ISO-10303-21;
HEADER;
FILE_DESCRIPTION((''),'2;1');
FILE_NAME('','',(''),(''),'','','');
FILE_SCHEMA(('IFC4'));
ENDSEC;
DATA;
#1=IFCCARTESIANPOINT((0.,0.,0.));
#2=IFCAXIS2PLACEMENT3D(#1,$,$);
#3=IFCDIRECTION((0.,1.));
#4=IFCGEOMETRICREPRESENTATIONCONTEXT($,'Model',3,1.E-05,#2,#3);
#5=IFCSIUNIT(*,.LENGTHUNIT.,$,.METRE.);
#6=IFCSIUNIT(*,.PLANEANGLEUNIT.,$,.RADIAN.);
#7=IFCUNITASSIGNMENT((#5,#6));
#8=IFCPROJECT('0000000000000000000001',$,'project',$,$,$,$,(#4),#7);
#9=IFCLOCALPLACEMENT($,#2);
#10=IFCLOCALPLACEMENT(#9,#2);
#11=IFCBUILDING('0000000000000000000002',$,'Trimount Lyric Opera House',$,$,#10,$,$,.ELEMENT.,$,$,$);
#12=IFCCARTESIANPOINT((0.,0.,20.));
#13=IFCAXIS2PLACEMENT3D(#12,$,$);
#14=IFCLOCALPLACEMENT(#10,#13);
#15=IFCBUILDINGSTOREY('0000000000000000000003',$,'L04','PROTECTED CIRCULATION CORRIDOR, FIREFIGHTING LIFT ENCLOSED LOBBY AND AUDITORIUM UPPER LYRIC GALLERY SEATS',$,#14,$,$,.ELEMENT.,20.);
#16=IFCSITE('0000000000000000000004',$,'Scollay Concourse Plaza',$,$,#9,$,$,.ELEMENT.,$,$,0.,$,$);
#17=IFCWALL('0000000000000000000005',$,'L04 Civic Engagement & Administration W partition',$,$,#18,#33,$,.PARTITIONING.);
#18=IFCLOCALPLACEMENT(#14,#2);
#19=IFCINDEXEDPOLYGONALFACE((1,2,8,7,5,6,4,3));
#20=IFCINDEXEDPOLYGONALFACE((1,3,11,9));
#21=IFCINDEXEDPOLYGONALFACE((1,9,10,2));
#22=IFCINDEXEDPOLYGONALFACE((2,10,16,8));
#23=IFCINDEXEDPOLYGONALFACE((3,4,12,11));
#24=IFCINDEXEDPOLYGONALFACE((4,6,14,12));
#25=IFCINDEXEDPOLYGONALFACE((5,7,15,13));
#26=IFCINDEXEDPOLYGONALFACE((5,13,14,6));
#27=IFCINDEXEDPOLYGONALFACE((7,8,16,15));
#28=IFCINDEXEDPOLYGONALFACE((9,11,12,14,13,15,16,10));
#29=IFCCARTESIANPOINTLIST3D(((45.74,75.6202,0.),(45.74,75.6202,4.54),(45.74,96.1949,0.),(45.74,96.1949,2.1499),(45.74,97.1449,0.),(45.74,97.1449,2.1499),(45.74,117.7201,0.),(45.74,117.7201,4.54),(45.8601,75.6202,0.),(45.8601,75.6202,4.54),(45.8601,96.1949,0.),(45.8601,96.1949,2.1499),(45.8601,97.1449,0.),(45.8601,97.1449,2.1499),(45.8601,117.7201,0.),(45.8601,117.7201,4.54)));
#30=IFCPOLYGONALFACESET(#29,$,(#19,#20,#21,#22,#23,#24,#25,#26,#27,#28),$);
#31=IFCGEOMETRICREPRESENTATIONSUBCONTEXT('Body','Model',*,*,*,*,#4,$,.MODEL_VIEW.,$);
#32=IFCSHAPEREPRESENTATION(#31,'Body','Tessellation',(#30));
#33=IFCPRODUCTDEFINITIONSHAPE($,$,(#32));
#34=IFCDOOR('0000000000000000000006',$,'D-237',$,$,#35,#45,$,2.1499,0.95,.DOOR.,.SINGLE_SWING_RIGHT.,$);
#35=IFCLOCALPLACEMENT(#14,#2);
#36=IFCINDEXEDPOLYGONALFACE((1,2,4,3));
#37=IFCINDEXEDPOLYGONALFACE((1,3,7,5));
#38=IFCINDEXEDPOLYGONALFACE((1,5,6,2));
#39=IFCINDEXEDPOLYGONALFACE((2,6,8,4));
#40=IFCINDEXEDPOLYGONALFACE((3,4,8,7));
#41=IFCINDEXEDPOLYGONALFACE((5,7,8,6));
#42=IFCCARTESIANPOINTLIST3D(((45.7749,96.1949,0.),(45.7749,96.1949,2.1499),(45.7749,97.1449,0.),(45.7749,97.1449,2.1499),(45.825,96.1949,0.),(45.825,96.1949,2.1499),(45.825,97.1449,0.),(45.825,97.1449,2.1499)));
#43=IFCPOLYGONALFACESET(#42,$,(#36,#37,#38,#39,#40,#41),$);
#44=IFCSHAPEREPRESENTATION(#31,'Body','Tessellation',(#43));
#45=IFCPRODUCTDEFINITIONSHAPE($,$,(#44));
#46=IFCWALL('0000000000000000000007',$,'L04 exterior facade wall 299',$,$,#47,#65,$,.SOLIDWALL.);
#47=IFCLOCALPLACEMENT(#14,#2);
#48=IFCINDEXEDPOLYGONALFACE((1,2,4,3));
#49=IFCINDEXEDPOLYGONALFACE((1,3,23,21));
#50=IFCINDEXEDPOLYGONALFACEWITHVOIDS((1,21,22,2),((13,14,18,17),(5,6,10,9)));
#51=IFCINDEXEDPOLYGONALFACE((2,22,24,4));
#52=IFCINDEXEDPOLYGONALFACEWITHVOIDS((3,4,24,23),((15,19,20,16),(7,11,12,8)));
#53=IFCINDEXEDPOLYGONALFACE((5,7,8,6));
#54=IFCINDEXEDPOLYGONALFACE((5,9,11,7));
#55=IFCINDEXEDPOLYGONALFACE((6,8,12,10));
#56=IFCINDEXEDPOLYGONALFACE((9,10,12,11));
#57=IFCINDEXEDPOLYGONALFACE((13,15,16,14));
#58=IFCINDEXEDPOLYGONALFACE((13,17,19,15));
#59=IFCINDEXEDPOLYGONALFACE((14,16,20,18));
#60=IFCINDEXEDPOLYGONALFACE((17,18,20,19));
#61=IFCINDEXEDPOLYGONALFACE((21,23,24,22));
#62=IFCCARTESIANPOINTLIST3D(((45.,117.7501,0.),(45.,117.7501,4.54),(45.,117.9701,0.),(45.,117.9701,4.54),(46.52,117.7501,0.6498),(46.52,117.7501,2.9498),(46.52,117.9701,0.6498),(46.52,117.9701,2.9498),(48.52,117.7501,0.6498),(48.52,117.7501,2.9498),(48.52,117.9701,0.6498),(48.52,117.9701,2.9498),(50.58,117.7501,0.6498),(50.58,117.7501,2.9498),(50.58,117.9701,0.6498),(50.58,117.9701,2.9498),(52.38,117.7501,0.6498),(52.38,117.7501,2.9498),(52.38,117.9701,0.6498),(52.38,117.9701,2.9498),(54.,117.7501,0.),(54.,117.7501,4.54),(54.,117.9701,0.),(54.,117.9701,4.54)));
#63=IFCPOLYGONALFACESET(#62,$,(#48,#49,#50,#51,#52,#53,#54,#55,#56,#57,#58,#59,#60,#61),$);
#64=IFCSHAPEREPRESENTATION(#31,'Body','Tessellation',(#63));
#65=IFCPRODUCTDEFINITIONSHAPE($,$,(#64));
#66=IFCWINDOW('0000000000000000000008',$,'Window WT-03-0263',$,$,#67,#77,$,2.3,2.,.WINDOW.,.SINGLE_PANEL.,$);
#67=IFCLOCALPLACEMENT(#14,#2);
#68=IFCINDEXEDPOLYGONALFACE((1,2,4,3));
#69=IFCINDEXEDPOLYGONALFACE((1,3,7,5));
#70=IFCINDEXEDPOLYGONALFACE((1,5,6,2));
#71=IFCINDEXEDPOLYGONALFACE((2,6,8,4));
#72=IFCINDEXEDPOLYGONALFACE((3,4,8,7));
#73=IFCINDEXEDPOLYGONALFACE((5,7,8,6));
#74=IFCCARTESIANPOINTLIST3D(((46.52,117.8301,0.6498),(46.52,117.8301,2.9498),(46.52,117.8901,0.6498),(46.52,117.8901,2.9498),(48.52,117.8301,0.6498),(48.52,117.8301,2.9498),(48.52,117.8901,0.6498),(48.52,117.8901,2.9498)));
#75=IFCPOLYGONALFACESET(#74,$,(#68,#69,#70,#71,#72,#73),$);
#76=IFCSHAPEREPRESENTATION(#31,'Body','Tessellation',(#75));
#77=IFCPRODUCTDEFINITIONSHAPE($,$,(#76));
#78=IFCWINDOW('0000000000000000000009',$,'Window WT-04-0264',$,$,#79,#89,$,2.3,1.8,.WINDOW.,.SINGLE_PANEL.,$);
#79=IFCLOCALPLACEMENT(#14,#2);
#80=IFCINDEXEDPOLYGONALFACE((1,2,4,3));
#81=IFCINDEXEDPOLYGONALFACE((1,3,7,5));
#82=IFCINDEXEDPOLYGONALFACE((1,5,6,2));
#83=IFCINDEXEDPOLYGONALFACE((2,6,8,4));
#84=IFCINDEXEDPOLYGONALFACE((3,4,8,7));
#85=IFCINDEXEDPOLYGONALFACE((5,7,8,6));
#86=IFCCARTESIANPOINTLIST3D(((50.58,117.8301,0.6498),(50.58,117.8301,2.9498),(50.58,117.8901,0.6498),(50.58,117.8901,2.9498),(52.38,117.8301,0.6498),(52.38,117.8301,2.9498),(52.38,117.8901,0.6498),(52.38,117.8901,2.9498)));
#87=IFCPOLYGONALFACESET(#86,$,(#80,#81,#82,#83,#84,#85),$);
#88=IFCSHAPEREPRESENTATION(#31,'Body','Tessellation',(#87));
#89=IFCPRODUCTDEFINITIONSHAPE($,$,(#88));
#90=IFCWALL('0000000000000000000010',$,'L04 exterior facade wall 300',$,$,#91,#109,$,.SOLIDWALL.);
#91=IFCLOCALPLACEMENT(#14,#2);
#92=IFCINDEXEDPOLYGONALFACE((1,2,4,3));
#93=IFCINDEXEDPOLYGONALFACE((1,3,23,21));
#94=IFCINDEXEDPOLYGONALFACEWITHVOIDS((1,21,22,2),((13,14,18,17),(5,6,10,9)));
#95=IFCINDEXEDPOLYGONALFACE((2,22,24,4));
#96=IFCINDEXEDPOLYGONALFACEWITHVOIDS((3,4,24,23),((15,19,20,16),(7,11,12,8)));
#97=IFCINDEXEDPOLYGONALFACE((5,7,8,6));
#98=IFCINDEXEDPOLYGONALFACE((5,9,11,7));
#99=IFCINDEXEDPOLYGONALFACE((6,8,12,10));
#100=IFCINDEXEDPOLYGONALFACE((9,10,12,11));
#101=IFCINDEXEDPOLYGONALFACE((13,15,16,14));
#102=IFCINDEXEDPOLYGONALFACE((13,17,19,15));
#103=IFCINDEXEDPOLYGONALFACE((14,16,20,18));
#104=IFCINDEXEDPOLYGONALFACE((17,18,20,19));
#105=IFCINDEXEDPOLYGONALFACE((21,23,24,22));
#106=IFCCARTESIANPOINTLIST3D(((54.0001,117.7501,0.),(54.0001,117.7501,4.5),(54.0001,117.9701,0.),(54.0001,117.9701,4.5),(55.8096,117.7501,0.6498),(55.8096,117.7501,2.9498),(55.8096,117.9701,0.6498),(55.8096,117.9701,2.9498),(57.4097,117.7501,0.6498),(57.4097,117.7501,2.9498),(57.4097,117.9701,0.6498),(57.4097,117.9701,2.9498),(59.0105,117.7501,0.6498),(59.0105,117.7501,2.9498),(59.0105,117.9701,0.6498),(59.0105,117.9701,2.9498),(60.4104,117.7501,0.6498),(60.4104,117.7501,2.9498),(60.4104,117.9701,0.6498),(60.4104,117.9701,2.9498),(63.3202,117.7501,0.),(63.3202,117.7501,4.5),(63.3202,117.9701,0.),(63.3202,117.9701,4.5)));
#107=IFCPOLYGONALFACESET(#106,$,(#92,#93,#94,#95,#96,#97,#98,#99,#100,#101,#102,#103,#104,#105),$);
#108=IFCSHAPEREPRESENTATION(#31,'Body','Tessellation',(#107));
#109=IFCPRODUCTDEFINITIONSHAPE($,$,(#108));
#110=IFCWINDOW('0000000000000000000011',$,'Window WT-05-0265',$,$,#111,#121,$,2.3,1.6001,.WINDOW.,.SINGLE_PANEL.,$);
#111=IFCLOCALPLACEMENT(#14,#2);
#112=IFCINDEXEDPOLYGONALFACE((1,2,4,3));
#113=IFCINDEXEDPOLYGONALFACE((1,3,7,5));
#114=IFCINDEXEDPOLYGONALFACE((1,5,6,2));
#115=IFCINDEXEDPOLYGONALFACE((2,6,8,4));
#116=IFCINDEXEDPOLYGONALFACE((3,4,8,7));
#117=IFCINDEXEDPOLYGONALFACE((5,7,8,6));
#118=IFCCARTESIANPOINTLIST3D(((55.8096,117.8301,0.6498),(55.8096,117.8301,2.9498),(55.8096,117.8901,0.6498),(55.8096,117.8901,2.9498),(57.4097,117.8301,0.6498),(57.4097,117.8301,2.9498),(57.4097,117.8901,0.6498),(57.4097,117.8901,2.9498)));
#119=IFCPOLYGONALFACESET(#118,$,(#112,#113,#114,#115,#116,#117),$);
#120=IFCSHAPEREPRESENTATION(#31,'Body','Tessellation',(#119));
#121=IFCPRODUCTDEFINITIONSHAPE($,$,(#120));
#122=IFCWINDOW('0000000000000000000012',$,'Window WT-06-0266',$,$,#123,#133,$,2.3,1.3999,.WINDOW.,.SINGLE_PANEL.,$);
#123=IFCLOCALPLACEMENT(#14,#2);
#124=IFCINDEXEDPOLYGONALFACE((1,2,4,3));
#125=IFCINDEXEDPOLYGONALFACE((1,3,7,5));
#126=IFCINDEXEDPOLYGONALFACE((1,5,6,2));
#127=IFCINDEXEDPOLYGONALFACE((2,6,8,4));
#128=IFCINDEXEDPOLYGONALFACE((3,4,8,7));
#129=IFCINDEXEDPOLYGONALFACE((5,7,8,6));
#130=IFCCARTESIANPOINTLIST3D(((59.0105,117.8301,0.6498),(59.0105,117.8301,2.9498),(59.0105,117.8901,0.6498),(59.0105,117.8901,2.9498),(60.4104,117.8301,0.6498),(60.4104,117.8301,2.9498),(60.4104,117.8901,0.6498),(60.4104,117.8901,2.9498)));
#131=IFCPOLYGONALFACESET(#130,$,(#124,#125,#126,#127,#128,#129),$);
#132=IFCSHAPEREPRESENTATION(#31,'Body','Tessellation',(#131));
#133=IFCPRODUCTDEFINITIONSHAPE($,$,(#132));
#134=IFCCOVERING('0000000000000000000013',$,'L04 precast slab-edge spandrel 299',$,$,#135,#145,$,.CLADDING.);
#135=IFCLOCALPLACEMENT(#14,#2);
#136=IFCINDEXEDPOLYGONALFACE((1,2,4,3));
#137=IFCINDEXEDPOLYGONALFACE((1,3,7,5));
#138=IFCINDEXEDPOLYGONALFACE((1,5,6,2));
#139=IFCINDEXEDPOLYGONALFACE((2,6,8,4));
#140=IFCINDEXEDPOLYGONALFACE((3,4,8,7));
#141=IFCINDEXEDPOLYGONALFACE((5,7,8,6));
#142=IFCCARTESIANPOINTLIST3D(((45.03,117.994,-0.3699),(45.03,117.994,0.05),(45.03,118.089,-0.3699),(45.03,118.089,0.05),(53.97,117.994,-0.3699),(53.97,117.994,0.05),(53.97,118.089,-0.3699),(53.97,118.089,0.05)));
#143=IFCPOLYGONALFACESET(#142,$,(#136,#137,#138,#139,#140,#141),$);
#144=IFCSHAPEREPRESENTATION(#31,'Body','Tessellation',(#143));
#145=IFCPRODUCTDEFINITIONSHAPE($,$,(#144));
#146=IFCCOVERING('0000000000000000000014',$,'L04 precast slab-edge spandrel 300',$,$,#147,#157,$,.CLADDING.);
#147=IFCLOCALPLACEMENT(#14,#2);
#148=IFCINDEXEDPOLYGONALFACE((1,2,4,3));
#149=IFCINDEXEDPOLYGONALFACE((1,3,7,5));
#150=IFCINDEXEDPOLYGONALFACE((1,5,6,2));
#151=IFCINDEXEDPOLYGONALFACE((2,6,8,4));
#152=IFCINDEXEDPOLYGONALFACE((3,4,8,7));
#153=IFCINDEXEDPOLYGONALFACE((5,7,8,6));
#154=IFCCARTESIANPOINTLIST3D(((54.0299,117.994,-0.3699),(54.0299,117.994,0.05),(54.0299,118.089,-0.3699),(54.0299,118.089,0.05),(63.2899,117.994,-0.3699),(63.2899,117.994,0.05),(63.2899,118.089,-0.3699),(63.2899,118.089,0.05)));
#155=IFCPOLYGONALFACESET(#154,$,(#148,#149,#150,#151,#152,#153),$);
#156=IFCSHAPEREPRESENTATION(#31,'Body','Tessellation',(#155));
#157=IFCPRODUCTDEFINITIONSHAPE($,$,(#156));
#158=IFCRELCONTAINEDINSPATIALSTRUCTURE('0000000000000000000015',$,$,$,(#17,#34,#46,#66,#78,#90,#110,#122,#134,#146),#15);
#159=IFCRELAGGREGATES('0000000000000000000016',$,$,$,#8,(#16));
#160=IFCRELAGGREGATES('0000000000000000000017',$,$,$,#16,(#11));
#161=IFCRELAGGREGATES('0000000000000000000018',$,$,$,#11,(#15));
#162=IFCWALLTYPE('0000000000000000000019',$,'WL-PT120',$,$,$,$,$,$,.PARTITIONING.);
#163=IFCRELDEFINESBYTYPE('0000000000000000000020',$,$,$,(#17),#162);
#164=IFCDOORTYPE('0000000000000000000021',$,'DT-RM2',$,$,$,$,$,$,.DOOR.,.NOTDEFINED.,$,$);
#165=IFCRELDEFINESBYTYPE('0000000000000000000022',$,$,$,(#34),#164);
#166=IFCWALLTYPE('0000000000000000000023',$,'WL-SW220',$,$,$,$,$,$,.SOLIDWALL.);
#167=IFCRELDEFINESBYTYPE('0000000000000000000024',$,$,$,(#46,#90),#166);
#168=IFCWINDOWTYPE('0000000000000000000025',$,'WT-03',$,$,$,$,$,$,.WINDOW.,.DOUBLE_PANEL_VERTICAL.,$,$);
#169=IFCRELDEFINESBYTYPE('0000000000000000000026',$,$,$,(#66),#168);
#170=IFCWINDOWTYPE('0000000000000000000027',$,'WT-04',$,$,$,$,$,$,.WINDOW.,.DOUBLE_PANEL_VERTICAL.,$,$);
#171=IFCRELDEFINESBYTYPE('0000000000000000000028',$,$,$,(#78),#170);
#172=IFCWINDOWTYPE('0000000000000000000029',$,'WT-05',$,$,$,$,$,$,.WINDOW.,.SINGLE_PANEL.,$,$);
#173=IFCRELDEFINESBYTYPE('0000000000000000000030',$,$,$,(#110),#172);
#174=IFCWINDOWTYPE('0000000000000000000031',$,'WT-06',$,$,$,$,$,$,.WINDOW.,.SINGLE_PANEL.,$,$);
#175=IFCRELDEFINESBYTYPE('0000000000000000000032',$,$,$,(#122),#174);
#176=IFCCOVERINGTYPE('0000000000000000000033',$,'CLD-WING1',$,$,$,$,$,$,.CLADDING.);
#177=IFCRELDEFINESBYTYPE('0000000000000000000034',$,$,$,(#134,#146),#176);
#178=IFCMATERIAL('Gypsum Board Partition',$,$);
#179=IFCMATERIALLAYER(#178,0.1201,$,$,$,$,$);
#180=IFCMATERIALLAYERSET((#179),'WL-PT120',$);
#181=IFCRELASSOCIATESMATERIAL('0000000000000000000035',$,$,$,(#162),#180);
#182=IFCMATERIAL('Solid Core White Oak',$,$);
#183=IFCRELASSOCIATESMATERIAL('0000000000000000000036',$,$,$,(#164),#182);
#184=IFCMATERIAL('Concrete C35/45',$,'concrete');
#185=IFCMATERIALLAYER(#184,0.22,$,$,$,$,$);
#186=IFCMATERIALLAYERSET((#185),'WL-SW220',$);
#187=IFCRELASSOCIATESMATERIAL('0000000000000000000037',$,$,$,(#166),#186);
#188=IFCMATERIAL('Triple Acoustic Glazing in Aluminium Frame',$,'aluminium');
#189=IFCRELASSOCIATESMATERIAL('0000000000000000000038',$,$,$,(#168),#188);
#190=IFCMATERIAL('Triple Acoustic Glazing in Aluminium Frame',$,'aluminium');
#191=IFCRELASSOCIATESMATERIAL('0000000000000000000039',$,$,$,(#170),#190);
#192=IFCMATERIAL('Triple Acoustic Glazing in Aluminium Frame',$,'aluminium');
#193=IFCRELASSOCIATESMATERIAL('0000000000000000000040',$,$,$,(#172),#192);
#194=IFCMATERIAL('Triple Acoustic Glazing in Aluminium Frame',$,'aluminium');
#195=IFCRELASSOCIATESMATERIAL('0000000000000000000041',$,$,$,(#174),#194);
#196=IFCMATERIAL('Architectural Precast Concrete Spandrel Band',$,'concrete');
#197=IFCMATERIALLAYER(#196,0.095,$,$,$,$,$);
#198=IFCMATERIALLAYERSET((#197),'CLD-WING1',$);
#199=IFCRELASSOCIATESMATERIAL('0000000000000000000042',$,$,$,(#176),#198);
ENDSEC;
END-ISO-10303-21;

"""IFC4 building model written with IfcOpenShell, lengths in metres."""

from ifc_helpers import new_model, si_unit, direction, frame, frame_2d, origin, origin_2d, place, context, subcontext, project, spatial, rectangle, extrude, material, layer, layer_set, type_object, element, fill, save


model = new_model("IFC4")

# Units and contexts
model_context = context("Model", 3, precision=1e-05, world=origin(), true_north=direction((0.0, 1.0)))
body_context = subcontext(model_context, "Body", "Model", "MODEL_VIEW")
ifc_project = project(units=[si_unit("LENGTHUNIT", "METRE"), si_unit("PLANEANGLEUNIT", "RADIAN")], contexts=[model_context])

# Site, building, storey
site_placement = place(None, origin())
site = spatial("IfcSite", under=ifc_project, at=site_placement, Name="Scollay Concourse Plaza", CompositionType="ELEMENT", RefElevation=0.0)
building_placement = place(site_placement, origin())
building = spatial("IfcBuilding", under=site, at=building_placement, Name="Trimount Lyric Opera House", CompositionType="ELEMENT")
storey_placement = place(building_placement, frame((0.0, 0.0, 20.0)))
storey = spatial("IfcBuildingStorey", under=building, at=storey_placement, Name="L04", Description="PROTECTED CIRCULATION CORRIDOR, FIREFIGHTING LIFT ENCLOSED LOBBY AND AUDITORIUM UPPER LYRIC GALLERY SEATS", CompositionType="ELEMENT", Elevation=20.0)

# Wall, opening, door
ifc_material_1 = material(Name="Gypsum Board Partition")
ifc_layer_1 = layer(ifc_material_1, 0.1201)
ifc_layer_set_1 = layer_set([ifc_layer_1], Name="WL-PT120")
wall_type_1 = type_object("IfcWallType", Name="WL-PT120", PredefinedType="PARTITIONING", material=ifc_layer_set_1)
wall_1_placement = place(storey_placement, frame((45.8, 117.72, 0.0), z_axis=(0.0, 0.0, 1.0), x_axis=(0.0, -1.0, 0.0)))
wall_1 = element("IfcWall", 1, at=wall_1_placement, inside=storey, type_object=wall_type_1, Name="L04 Civic Engagement & Administration W partition", PredefinedType="PARTITIONING", context=body_context, shape_type="SweptSolid", body=[
    extrude(rectangle(XDim=42.0999, YDim=0.1201, at=frame_2d((21.0498, 0.0))), origin(), (0.0, 0.0, 1.0), 4.54),
])
opening_1_placement = place(wall_1_placement, frame((20.575, 0.0, 0.0)))
opening_1 = element("IfcOpeningElement", 2, at=opening_1_placement, cuts=wall_1, PredefinedType="OPENING", context=body_context, shape_type="SweptSolid", body=[
    extrude(rectangle(XDim=0.95, YDim=2.1499, at=frame_2d((0.4751, 1.075))), frame((0.0, 0.0701, 0.0), z_axis=(0.0, -1.0, 0.0), x_axis=(1.0, 0.0, 0.0)), (0.0, 0.0, 1.0), 0.1401),
])
ifc_material_2 = material(Name="Solid Core White Oak")
door_type = type_object("IfcDoorType", Name="DT-RM2", OperationType="NOTDEFINED", PredefinedType="DOOR", material=ifc_material_2)
door_placement = place(opening_1_placement, origin())
door = element("IfcDoor", 3, at=door_placement, inside=storey, type_object=door_type, Name="D-237", OperationType="SINGLE_SWING_RIGHT", OverallHeight=2.1499, OverallWidth=0.95, PredefinedType="DOOR", context=body_context, shape_type="SweptSolid", body=[
    extrude(rectangle(XDim=0.95, YDim=2.1499, at=frame_2d((0.4751, 1.075))), frame((0.0, 0.0249, 0.0), z_axis=(0.0, -1.0, 0.0), x_axis=(1.0, 0.0, 0.0)), (0.0, 0.0, 1.0), 0.05),
])
fill(opening_1, door)

# Walls, openings, windows
ifc_material_3 = material(Name="Concrete C35/45", Category="concrete")
ifc_layer_2 = layer(ifc_material_3, 0.22)
ifc_layer_set_2 = layer_set([ifc_layer_2], Name="WL-SW220")
wall_type_2 = type_object("IfcWallType", Name="WL-SW220", PredefinedType="SOLIDWALL", material=ifc_layer_set_2)
wall_2_placement = place(storey_placement, frame((45.0, 117.8601, 0.0), z_axis=(0.0, 0.0, 1.0), x_axis=(1.0, 0.0, 0.0)))
wall_2 = element("IfcWall", 4, at=wall_2_placement, inside=storey, type_object=wall_type_2, Name="L04 exterior facade wall 299", PredefinedType="SOLIDWALL", context=body_context, shape_type="SweptSolid", body=[
    extrude(rectangle(XDim=9.0, YDim=0.22, at=frame_2d((4.5, 0.0))), origin(), (0.0, 0.0, 1.0), 4.54),
])
opening_2_placement = place(wall_2_placement, frame((1.52, 0.0, 0.6499)))
opening_2 = element("IfcOpeningElement", 5, at=opening_2_placement, cuts=wall_2, PredefinedType="OPENING", context=body_context, shape_type="SweptSolid", body=[
    extrude(rectangle(XDim=2.0, YDim=2.3, at=frame_2d((1.0, 1.1499))), frame((0.0, 0.1201, 0.0), z_axis=(0.0, -1.0, 0.0), x_axis=(1.0, 0.0, 0.0)), (0.0, 0.0, 1.0), 0.24),
])
opening_3_placement = place(wall_2_placement, frame((5.5801, 0.0, 0.6499)))
opening_3 = element("IfcOpeningElement", 6, at=opening_3_placement, cuts=wall_2, PredefinedType="OPENING", context=body_context, shape_type="SweptSolid", body=[
    extrude(rectangle(XDim=1.8, YDim=2.3, at=frame_2d((0.8999, 1.1499))), frame((0.0, 0.1201, 0.0), z_axis=(0.0, -1.0, 0.0), x_axis=(1.0, 0.0, 0.0)), (0.0, 0.0, 1.0), 0.24),
])
ifc_material_4 = material(Name="Triple Acoustic Glazing in Aluminium Frame", Category="aluminium")
window_type_1 = type_object("IfcWindowType", Name="WT-03", PartitioningType="DOUBLE_PANEL_VERTICAL", PredefinedType="WINDOW", material=ifc_material_4)
window_1_placement = place(opening_2_placement, origin())
window_1 = element("IfcWindow", 7, at=window_1_placement, inside=storey, type_object=window_type_1, Name="Window WT-03-0263", OverallHeight=2.3, OverallWidth=2.0, PartitioningType="SINGLE_PANEL", PredefinedType="WINDOW", context=body_context, shape_type="SweptSolid", body=[
    extrude(rectangle(XDim=2.0, YDim=2.3, at=frame_2d((1.0, 1.1499))), frame((0.0, 0.03, 0.0), z_axis=(0.0, -1.0, 0.0), x_axis=(1.0, 0.0, 0.0)), (0.0, 0.0, 1.0), 0.0601),
])
fill(opening_2, window_1)
ifc_material_5 = material(Name="Triple Acoustic Glazing in Aluminium Frame", Category="aluminium")
window_type_2 = type_object("IfcWindowType", Name="WT-04", PartitioningType="DOUBLE_PANEL_VERTICAL", PredefinedType="WINDOW", material=ifc_material_5)
window_2_placement = place(opening_3_placement, origin())
window_2 = element("IfcWindow", 8, at=window_2_placement, inside=storey, type_object=window_type_2, Name="Window WT-04-0264", OverallHeight=2.3, OverallWidth=1.8, PartitioningType="SINGLE_PANEL", PredefinedType="WINDOW", context=body_context, shape_type="SweptSolid", body=[
    extrude(rectangle(XDim=1.8, YDim=2.3, at=frame_2d((0.8999, 1.1499))), frame((0.0, 0.03, 0.0), z_axis=(0.0, -1.0, 0.0), x_axis=(1.0, 0.0, 0.0)), (0.0, 0.0, 1.0), 0.0601),
])
fill(opening_3, window_2)
wall_3_placement = place(storey_placement, frame((54.0, 117.8601, 0.0), z_axis=(0.0, 0.0, 1.0), x_axis=(1.0, 0.0, 0.0)))
wall_3 = element("IfcWall", 9, at=wall_3_placement, inside=storey, type_object=wall_type_2, Name="L04 exterior facade wall 300", PredefinedType="SOLIDWALL", context=body_context, shape_type="SweptSolid", body=[
    extrude(rectangle(XDim=9.3201, YDim=0.22, at=frame_2d((4.6602, 0.0))), origin(), (0.0, 0.0, 1.0), 4.5),
])
opening_4_placement = place(wall_3_placement, frame((1.8096, 0.0, 0.6499)))
opening_4 = element("IfcOpeningElement", 10, at=opening_4_placement, cuts=wall_3, PredefinedType="OPENING", context=body_context, shape_type="SweptSolid", body=[
    extrude(rectangle(XDim=1.6001, YDim=2.3, at=frame_2d((0.8, 1.1499))), frame((0.0, 0.1201, 0.0), z_axis=(0.0, -1.0, 0.0), x_axis=(1.0, 0.0, 0.0)), (0.0, 0.0, 1.0), 0.24),
])
opening_5_placement = place(wall_3_placement, frame((5.0105, 0.0, 0.6499)))
opening_5 = element("IfcOpeningElement", 11, at=opening_5_placement, cuts=wall_3, PredefinedType="OPENING", context=body_context, shape_type="SweptSolid", body=[
    extrude(rectangle(XDim=1.3999, YDim=2.3, at=frame_2d((0.7, 1.1499))), frame((0.0, 0.1201, 0.0), z_axis=(0.0, -1.0, 0.0), x_axis=(1.0, 0.0, 0.0)), (0.0, 0.0, 1.0), 0.24),
])
ifc_material_6 = material(Name="Triple Acoustic Glazing in Aluminium Frame", Category="aluminium")
window_type_3 = type_object("IfcWindowType", Name="WT-05", PartitioningType="SINGLE_PANEL", PredefinedType="WINDOW", material=ifc_material_6)
window_3_placement = place(opening_4_placement, origin())
window_3 = element("IfcWindow", 12, at=window_3_placement, inside=storey, type_object=window_type_3, Name="Window WT-05-0265", OverallHeight=2.3, OverallWidth=1.6001, PartitioningType="SINGLE_PANEL", PredefinedType="WINDOW", context=body_context, shape_type="SweptSolid", body=[
    extrude(rectangle(XDim=1.6001, YDim=2.3, at=frame_2d((0.8, 1.1499))), frame((0.0, 0.03, 0.0), z_axis=(0.0, -1.0, 0.0), x_axis=(1.0, 0.0, 0.0)), (0.0, 0.0, 1.0), 0.0601),
])
fill(opening_4, window_3)
ifc_material_7 = material(Name="Triple Acoustic Glazing in Aluminium Frame", Category="aluminium")
window_type_4 = type_object("IfcWindowType", Name="WT-06", PartitioningType="SINGLE_PANEL", PredefinedType="WINDOW", material=ifc_material_7)
window_4_placement = place(opening_5_placement, origin())
window_4 = element("IfcWindow", 13, at=window_4_placement, inside=storey, type_object=window_type_4, Name="Window WT-06-0266", OverallHeight=2.3, OverallWidth=1.3999, PartitioningType="SINGLE_PANEL", PredefinedType="WINDOW", context=body_context, shape_type="SweptSolid", body=[
    extrude(rectangle(XDim=1.3999, YDim=2.3, at=frame_2d((0.7, 1.1499))), frame((0.0, 0.03, 0.0), z_axis=(0.0, -1.0, 0.0), x_axis=(1.0, 0.0, 0.0)), (0.0, 0.0, 1.0), 0.0601),
])
fill(opening_5, window_4)

# Coverings
ifc_material_8 = material(Name="Architectural Precast Concrete Spandrel Band", Category="concrete")
ifc_layer_3 = layer(ifc_material_8, 0.095)
ifc_layer_set_3 = layer_set([ifc_layer_3], Name="CLD-WING1")
covering_type = type_object("IfcCoveringType", Name="CLD-WING1", PredefinedType="CLADDING", material=ifc_layer_set_3)
covering_1_placement = place(storey_placement, frame((49.5, 118.0415, -0.3699), z_axis=(0.0, 0.0, 1.0), x_axis=(1.0, 0.0, 0.0)))
element("IfcCovering", 14, at=covering_1_placement, inside=storey, type_object=covering_type, Name="L04 precast slab-edge spandrel 299", PredefinedType="CLADDING", context=body_context, shape_type="SweptSolid", body=[
    extrude(rectangle(XDim=8.9399, YDim=0.095, at=origin_2d()), origin(), (0.0, 0.0, 1.0), 0.4199),
])
covering_2_placement = place(storey_placement, frame((58.6599, 118.0415, -0.3699), z_axis=(0.0, 0.0, 1.0), x_axis=(1.0, 0.0, 0.0)))
element("IfcCovering", 15, at=covering_2_placement, inside=storey, type_object=covering_type, Name="L04 precast slab-edge spandrel 300", PredefinedType="CLADDING", context=body_context, shape_type="SweptSolid", body=[
    extrude(rectangle(XDim=9.26, YDim=0.095, at=origin_2d()), origin(), (0.0, 0.0, 1.0), 0.4199),
])

save(model, "model.ifc")
